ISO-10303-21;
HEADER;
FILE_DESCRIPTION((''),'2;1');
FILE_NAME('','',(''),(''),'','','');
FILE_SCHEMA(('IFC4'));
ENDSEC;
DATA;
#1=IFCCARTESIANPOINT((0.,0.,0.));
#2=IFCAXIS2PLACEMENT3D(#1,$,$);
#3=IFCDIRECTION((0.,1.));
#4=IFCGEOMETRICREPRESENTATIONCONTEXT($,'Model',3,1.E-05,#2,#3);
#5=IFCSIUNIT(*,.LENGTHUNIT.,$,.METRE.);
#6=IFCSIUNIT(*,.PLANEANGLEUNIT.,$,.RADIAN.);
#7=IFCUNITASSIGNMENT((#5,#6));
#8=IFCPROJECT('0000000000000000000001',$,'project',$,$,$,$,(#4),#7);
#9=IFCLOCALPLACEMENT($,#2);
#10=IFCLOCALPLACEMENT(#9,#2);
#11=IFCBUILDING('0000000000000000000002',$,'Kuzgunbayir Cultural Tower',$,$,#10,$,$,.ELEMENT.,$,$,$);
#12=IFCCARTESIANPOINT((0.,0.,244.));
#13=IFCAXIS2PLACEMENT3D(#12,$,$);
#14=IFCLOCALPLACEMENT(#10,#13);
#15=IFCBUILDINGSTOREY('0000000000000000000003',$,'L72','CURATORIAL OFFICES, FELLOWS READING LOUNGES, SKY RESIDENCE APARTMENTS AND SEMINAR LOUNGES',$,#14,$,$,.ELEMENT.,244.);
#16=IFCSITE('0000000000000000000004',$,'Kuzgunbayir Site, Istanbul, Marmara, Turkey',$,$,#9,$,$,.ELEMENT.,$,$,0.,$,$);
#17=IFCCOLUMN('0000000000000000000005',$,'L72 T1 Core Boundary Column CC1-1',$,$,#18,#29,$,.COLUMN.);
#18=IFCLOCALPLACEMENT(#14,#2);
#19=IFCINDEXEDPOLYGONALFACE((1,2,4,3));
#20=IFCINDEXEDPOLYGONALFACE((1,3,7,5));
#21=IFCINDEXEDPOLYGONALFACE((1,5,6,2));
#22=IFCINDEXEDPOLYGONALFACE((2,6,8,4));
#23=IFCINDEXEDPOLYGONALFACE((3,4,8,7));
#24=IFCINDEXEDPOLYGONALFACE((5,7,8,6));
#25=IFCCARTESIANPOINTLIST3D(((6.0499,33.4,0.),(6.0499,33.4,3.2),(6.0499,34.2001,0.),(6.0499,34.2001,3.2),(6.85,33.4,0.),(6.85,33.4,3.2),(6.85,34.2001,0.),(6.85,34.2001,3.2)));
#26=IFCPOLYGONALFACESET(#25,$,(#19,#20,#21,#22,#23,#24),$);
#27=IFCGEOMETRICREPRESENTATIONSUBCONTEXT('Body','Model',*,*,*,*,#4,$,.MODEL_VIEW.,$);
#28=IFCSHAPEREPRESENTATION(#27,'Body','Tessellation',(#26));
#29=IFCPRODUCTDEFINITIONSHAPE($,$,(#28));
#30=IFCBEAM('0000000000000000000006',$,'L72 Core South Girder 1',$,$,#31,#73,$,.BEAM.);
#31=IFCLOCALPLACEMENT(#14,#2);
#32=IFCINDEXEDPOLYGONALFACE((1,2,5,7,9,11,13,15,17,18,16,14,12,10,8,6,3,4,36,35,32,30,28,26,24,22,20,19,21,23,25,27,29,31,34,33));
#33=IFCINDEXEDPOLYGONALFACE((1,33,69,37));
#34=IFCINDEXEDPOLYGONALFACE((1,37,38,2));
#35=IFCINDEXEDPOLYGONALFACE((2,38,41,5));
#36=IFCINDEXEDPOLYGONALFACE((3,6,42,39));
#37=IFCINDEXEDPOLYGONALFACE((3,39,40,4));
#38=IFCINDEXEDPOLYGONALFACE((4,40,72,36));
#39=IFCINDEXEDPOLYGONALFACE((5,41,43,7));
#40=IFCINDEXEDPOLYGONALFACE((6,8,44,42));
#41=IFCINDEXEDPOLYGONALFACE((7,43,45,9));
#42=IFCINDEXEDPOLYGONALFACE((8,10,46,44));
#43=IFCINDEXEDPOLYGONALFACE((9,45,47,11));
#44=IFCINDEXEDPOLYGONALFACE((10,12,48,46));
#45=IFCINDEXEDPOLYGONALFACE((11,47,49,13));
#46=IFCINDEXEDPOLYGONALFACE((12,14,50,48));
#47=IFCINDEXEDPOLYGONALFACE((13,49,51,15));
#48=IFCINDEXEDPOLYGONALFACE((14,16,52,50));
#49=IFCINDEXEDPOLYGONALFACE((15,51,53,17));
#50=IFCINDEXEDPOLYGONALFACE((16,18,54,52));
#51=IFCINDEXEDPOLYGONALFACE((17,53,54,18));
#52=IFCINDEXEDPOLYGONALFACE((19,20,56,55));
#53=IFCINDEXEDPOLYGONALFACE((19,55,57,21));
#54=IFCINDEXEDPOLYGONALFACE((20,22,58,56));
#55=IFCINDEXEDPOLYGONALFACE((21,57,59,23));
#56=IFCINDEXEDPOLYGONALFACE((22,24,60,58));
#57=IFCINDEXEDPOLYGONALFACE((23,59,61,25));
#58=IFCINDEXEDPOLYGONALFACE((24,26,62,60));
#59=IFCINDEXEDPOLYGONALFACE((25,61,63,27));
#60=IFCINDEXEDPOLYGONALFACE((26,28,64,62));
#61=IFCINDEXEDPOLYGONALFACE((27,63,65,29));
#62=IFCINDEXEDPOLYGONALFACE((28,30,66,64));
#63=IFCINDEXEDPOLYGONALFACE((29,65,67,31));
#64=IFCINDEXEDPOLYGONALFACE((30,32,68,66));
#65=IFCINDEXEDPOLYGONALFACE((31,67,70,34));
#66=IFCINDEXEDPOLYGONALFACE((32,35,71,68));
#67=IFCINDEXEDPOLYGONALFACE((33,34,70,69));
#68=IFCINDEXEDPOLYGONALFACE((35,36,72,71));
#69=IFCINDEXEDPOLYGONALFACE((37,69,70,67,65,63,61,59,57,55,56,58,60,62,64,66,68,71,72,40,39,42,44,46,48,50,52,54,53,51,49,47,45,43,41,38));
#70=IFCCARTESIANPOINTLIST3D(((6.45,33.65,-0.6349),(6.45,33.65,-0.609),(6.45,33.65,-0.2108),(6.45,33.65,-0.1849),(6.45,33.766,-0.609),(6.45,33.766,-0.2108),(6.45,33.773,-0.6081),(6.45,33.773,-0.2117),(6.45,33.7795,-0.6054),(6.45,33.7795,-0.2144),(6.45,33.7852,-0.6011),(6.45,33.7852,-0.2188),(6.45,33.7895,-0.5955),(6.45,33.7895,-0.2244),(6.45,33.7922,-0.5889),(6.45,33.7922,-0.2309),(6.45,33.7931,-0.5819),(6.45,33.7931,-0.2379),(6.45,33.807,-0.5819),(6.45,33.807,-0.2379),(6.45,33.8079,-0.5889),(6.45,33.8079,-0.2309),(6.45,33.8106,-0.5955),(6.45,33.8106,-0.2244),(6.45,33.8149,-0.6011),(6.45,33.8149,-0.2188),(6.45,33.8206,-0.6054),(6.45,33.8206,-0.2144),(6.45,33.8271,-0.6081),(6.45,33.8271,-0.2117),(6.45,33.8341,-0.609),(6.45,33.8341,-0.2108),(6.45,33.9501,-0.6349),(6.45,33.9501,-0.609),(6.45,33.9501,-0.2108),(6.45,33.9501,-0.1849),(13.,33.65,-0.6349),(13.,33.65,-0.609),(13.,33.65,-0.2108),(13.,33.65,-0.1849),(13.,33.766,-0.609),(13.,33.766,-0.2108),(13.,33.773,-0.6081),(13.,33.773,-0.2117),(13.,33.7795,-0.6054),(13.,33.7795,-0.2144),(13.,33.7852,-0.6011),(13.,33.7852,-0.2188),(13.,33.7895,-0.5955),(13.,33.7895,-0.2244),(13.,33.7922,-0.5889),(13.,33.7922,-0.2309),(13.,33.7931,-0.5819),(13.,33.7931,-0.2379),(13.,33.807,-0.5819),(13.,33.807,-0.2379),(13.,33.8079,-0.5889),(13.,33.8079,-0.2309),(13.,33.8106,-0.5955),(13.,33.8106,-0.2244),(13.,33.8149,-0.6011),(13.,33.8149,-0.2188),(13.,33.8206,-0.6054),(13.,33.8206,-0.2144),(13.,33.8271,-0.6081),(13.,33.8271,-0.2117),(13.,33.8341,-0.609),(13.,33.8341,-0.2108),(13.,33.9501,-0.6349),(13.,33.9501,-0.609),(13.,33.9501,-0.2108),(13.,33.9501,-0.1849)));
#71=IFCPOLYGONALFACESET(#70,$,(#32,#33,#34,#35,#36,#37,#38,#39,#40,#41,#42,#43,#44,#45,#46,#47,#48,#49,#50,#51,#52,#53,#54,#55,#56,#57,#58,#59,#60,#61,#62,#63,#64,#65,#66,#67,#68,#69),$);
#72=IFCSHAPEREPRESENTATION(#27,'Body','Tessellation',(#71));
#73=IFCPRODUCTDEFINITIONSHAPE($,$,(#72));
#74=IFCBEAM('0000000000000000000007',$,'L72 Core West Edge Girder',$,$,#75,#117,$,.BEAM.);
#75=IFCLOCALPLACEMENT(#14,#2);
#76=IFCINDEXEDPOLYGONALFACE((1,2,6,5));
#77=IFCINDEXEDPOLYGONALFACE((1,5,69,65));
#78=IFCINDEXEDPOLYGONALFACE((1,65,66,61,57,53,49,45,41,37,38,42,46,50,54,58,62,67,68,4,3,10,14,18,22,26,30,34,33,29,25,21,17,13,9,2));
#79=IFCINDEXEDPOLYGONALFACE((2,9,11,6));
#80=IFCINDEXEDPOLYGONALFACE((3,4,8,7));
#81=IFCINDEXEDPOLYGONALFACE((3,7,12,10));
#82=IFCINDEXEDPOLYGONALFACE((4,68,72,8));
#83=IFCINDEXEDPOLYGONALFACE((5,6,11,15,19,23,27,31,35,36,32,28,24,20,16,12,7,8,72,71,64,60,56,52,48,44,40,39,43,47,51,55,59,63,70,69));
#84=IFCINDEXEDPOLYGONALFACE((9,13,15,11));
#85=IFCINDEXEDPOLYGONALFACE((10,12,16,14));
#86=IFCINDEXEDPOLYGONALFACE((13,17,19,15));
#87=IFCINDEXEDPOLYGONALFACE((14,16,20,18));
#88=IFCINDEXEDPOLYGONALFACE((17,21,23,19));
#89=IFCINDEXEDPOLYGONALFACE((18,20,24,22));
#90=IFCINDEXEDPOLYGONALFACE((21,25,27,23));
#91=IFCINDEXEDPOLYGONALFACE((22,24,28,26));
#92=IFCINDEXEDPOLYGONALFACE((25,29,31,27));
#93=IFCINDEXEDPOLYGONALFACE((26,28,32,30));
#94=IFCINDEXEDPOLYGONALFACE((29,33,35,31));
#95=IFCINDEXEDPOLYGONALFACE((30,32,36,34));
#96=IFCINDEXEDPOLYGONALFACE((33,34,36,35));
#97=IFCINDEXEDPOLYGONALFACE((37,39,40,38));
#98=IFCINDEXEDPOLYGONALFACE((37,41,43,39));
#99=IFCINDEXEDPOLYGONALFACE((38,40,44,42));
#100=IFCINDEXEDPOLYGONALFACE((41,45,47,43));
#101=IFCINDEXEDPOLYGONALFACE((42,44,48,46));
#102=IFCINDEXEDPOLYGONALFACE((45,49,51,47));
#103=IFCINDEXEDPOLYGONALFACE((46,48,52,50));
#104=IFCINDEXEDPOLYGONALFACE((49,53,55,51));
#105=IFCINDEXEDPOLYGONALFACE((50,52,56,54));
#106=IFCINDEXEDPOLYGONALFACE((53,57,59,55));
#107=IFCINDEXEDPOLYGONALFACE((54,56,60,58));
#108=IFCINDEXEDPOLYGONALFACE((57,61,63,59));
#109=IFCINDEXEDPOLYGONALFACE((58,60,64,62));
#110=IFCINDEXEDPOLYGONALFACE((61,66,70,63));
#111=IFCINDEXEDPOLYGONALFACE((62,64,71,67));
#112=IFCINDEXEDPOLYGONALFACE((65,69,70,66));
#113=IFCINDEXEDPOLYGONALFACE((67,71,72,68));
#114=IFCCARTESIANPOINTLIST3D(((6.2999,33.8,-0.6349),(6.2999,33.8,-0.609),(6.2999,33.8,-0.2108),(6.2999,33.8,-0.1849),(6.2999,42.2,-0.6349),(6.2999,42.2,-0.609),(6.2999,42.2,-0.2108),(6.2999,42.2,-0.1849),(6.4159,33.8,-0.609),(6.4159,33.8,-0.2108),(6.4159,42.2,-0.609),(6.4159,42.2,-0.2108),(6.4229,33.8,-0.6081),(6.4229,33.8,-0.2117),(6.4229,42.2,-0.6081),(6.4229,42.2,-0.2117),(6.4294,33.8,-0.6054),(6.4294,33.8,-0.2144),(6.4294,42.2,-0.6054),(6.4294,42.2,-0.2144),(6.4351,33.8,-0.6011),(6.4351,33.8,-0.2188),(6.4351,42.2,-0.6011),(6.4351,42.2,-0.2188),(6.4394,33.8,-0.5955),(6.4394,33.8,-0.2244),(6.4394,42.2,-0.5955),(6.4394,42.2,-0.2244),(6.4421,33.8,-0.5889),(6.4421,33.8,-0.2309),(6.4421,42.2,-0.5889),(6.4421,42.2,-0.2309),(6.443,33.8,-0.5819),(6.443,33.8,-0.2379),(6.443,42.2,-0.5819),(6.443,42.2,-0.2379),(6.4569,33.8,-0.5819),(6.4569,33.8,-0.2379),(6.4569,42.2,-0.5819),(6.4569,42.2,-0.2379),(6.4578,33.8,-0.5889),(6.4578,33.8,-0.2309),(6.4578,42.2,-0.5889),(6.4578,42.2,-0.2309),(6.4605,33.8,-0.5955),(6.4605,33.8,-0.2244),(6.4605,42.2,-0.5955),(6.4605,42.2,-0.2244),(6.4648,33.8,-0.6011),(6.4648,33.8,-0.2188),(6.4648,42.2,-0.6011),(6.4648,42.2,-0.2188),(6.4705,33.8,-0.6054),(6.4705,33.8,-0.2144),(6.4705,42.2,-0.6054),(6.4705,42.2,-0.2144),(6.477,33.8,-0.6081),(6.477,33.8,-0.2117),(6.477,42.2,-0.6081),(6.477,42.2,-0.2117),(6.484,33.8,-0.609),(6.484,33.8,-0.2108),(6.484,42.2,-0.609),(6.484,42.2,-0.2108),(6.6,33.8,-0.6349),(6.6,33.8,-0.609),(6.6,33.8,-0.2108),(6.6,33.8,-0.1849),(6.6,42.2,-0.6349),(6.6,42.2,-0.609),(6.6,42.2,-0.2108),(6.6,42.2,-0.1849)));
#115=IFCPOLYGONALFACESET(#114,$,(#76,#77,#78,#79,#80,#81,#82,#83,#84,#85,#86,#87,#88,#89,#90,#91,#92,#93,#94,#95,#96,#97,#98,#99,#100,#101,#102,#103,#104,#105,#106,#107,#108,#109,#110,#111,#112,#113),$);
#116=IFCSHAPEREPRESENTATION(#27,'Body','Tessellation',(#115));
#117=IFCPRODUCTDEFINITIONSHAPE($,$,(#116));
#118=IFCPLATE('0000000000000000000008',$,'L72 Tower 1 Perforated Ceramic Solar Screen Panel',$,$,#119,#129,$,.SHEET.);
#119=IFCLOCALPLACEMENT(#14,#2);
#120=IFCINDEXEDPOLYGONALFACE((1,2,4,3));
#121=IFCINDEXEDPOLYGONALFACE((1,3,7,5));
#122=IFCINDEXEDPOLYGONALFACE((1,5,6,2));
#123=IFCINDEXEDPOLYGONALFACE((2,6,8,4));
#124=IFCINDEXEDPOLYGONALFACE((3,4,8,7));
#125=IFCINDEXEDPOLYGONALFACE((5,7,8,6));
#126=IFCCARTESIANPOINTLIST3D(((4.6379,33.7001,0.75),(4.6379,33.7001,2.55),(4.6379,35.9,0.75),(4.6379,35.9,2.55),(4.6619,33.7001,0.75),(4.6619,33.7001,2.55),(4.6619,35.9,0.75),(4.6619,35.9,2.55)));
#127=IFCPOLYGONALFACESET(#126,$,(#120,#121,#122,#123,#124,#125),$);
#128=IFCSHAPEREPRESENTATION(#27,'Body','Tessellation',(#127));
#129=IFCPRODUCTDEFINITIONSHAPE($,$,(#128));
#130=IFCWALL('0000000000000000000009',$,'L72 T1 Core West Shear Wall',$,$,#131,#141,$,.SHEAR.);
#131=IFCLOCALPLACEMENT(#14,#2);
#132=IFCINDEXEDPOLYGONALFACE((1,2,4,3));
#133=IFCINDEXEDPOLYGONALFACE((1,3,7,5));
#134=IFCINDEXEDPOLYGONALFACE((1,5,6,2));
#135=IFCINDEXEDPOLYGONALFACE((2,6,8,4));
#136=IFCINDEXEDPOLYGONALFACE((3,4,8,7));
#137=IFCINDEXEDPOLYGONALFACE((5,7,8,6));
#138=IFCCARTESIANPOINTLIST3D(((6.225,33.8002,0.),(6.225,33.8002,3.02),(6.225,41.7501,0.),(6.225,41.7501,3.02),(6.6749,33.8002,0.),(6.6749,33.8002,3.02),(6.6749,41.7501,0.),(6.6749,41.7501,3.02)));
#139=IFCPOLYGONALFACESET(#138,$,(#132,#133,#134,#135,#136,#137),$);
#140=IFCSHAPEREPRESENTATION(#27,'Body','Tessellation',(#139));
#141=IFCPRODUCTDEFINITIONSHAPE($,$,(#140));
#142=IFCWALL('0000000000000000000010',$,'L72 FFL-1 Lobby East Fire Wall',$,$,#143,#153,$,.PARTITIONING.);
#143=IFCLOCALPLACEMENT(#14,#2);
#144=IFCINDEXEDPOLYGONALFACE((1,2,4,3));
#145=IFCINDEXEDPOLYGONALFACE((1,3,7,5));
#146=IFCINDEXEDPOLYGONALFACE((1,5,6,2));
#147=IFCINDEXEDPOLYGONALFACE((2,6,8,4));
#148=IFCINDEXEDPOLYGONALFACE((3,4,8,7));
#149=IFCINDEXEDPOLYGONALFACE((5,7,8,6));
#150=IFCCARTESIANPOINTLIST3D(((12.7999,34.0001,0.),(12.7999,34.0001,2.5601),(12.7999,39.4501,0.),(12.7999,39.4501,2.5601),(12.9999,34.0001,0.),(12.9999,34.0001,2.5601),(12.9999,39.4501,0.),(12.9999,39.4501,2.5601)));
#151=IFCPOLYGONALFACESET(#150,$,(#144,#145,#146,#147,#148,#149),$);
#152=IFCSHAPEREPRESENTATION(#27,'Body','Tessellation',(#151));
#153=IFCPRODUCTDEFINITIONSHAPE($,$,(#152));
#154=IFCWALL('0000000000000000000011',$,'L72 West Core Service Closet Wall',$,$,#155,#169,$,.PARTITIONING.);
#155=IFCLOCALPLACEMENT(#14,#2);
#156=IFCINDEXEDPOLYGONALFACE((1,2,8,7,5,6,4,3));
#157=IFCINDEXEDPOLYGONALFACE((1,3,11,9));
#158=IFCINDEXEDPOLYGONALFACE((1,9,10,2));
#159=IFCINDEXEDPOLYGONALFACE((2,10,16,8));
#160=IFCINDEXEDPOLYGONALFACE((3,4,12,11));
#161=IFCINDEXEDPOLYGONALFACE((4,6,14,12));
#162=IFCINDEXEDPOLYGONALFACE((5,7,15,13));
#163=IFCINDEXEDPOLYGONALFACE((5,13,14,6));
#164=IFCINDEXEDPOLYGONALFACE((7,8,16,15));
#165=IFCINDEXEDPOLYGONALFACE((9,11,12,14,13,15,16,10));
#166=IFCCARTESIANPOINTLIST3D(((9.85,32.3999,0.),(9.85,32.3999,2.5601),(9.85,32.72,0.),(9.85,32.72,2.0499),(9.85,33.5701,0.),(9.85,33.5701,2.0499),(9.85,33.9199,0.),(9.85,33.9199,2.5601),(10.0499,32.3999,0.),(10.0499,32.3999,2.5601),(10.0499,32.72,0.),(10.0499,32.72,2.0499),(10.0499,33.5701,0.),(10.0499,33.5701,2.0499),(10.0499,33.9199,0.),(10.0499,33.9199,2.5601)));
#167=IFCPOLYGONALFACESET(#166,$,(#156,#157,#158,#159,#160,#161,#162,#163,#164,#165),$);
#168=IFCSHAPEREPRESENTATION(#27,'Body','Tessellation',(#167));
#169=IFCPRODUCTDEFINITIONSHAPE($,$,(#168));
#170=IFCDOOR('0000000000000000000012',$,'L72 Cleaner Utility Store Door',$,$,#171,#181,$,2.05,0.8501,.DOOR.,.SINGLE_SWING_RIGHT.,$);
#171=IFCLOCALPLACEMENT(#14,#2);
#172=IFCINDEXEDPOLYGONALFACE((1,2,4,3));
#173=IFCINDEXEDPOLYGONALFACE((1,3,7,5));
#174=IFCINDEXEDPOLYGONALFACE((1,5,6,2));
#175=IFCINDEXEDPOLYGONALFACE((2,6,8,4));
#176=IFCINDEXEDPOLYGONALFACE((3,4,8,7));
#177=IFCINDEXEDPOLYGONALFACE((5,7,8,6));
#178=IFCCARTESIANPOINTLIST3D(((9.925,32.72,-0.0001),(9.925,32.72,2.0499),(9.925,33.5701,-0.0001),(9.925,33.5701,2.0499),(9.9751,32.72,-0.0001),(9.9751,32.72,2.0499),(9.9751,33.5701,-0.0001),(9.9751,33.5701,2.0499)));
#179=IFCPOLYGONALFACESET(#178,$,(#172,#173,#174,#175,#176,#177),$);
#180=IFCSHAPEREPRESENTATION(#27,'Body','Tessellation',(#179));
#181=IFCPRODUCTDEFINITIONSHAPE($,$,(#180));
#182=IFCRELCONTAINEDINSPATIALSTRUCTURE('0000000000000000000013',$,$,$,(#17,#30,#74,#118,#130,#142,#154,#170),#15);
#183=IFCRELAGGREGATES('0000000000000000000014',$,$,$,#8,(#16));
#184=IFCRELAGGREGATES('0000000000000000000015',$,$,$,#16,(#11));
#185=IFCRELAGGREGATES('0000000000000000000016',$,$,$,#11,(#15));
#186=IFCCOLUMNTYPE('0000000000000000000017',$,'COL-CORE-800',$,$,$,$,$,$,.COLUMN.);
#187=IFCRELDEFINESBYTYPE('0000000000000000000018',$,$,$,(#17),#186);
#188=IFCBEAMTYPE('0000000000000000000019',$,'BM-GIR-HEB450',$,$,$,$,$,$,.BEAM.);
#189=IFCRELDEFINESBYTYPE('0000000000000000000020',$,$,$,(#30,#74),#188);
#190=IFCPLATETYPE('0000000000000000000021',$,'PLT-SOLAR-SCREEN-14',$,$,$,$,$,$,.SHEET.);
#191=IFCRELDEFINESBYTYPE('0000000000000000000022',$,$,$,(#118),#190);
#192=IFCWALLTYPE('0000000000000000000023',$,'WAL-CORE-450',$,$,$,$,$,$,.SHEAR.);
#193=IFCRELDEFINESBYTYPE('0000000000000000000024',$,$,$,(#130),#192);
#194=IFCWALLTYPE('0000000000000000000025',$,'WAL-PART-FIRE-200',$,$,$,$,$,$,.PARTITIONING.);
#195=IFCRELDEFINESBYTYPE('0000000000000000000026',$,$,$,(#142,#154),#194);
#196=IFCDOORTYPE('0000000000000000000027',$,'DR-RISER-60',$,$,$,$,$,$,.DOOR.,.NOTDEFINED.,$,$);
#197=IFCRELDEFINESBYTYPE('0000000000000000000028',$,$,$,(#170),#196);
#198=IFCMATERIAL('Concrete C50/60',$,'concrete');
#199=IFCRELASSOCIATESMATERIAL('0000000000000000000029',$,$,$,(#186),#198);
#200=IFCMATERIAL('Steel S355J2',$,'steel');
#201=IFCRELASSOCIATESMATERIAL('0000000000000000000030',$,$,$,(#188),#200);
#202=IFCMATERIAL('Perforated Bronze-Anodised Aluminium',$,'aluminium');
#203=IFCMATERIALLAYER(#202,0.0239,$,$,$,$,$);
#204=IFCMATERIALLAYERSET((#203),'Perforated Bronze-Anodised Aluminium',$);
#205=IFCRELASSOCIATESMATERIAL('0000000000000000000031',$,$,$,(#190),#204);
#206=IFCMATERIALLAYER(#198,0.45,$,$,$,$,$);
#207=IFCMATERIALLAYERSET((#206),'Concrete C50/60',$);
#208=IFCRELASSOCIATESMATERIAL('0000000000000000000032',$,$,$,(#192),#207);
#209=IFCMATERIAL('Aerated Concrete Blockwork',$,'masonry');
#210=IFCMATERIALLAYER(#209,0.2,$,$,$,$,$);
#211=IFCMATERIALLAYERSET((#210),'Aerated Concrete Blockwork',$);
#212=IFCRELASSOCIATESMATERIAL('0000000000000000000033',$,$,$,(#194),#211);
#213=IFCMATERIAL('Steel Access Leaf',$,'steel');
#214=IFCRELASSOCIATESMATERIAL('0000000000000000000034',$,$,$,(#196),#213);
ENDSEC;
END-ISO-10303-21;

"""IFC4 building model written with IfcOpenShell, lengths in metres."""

from ifc_helpers import new_model, si_unit, direction, frame, frame_2d, origin, origin_2d, place, context, subcontext, project, spatial, rectangle, i_section, extrude, material, layer, layer_set, material_profile, profile_set, type_object, element, fill, save


model = new_model("IFC4")

# Units and contexts
model_context = context("Model", 3, precision=1e-05, world=origin(), true_north=direction((0.0, 1.0)))
body_context = subcontext(model_context, "Body", "Model", "MODEL_VIEW")
ifc_project = project(units=[si_unit("LENGTHUNIT", "METRE"), si_unit("PLANEANGLEUNIT", "RADIAN")], contexts=[model_context])

# Site, building, storey
site_placement = place(None, origin())
site = spatial("IfcSite", under=ifc_project, at=site_placement, Name="Kuzgunbayir Site, Istanbul, Marmara, Turkey", CompositionType="ELEMENT", RefElevation=0.0)
building_placement = place(site_placement, origin())
building = spatial("IfcBuilding", under=site, at=building_placement, Name="Kuzgunbayir Cultural Tower", CompositionType="ELEMENT")
storey_placement = place(building_placement, frame((0.0, 0.0, 244.0)))
storey = spatial("IfcBuildingStorey", under=building, at=storey_placement, Name="L72", Description="CURATORIAL OFFICES, FELLOWS READING LOUNGES, SKY RESIDENCE APARTMENTS AND SEMINAR LOUNGES", CompositionType="ELEMENT", Elevation=244.0)

# Column
ifc_material_1 = material(Name="Concrete C50/60", Category="concrete")
ifc_material_profile_1 = material_profile(ifc_material_1, rectangle(XDim=0.8, YDim=0.8, at=origin_2d()), Name="RC 800x800")
ifc_profile_set_1 = profile_set([ifc_material_profile_1], Name="Concrete C50/60")
column_type = type_object("IfcColumnType", Name="COL-CORE-800", PredefinedType="COLUMN", material=ifc_profile_set_1)
column_placement = place(storey_placement, frame((6.45, 33.8, 0.0), z_axis=(0.0, 0.0, 1.0), x_axis=(1.0, 0.0, 0.0)))
element("IfcColumn", 1, at=column_placement, inside=storey, type_object=column_type, Name="L72 T1 Core Boundary Column CC1-1", PredefinedType="COLUMN", context=body_context, shape_type="SweptSolid", body=[
    extrude(rectangle(XDim=0.8, YDim=0.8, at=origin_2d()), origin(), (0.0, 0.0, 1.0), 3.2),
])

# Beams
ifc_material_2 = material(Name="Steel S355J2", Category="steel")
ifc_material_profile_2 = material_profile(ifc_material_2, i_section(OverallWidth=0.3, OverallDepth=0.45, WebThickness=0.0139, FlangeThickness=0.0259, FilletRadius=0.0271, at=origin_2d()), Name="HEB 450")
ifc_profile_set_2 = profile_set([ifc_material_profile_2], Name="Steel S355J2")
beam_type = type_object("IfcBeamType", Name="BM-GIR-HEB450", PredefinedType="BEAM", material=ifc_profile_set_2)
beam_1_placement = place(storey_placement, frame((6.45, 33.8, -0.4099), z_axis=(1.0, 0.0, 0.0), x_axis=(0.0, 1.0, 0.0)))
element("IfcBeam", 2, at=beam_1_placement, inside=storey, type_object=beam_type, Name="L72 Core South Girder 1", PredefinedType="BEAM", context=body_context, shape_type="SweptSolid", body=[
    extrude(i_section(OverallWidth=0.3, OverallDepth=0.45, WebThickness=0.0139, FlangeThickness=0.0259, FilletRadius=0.0271, at=origin_2d()), origin(), (0.0, 0.0, 1.0), 6.55),
])
beam_2_placement = place(storey_placement, frame((6.45, 33.8, -0.4099), z_axis=(0.0, 1.0, 0.0), x_axis=(-1.0, 0.0, 0.0)))
element("IfcBeam", 3, at=beam_2_placement, inside=storey, type_object=beam_type, Name="L72 Core West Edge Girder", PredefinedType="BEAM", context=body_context, shape_type="SweptSolid", body=[
    extrude(i_section(OverallWidth=0.3, OverallDepth=0.45, WebThickness=0.0139, FlangeThickness=0.0259, FilletRadius=0.0271, at=origin_2d()), origin(), (0.0, 0.0, 1.0), 8.3999),
])

# Plate
ifc_material_3 = material(Name="Perforated Bronze-Anodised Aluminium", Category="aluminium")
ifc_layer_1 = layer(ifc_material_3, 0.0239)
ifc_layer_set_1 = layer_set([ifc_layer_1], Name="Perforated Bronze-Anodised Aluminium")
plate_type = type_object("IfcPlateType", Name="PLT-SOLAR-SCREEN-14", PredefinedType="SHEET", material=ifc_layer_set_1)
plate_placement = place(storey_placement, frame((4.6499, 34.8, 0.75), z_axis=(0.0, 0.0, 1.0), x_axis=(1.0, 0.0, 0.0)))
element("IfcPlate", 4, at=plate_placement, inside=storey, type_object=plate_type, Name="L72 Tower 1 Perforated Ceramic Solar Screen Panel", PredefinedType="SHEET", context=body_context, shape_type="SweptSolid", body=[
    extrude(rectangle(XDim=0.0239, YDim=2.2, at=origin_2d()), origin(), (0.0, 0.0, 1.0), 1.8),
])

# Wall
ifc_layer_2 = layer(ifc_material_1, 0.45)
ifc_layer_set_2 = layer_set([ifc_layer_2], Name="Concrete C50/60")
wall_type_1 = type_object("IfcWallType", Name="WAL-CORE-450", PredefinedType="SHEAR", material=ifc_layer_set_2)
wall_1_placement = place(storey_placement, frame((6.45, 33.8, 0.0), z_axis=(0.0, 0.0, 1.0), x_axis=(0.0, 1.0, 0.0)))
element("IfcWall", 5, at=wall_1_placement, inside=storey, type_object=wall_type_1, Name="L72 T1 Core West Shear Wall", PredefinedType="SHEAR", context=body_context, shape_type="SweptSolid", body=[
    extrude(rectangle(XDim=7.95, YDim=0.45, at=frame_2d((3.9751, 0.0))), origin(), (0.0, 0.0, 1.0), 3.02),
])

# Wall
ifc_material_4 = material(Name="Aerated Concrete Blockwork", Category="masonry")
ifc_layer_3 = layer(ifc_material_4, 0.2)
ifc_layer_set_3 = layer_set([ifc_layer_3], Name="Aerated Concrete Blockwork")
wall_type_2 = type_object("IfcWallType", Name="WAL-PART-FIRE-200", PredefinedType="PARTITIONING", material=ifc_layer_set_3)
wall_2_placement = place(storey_placement, frame((12.8999, 34.0, 0.0), z_axis=(0.0, 0.0, 1.0), x_axis=(0.0, 1.0, 0.0)))
element("IfcWall", 6, at=wall_2_placement, inside=storey, type_object=wall_type_2, Name="L72 FFL-1 Lobby East Fire Wall", PredefinedType="PARTITIONING", context=body_context, shape_type="SweptSolid", body=[
    extrude(rectangle(XDim=5.45, YDim=0.2, at=frame_2d((2.7251, 0.0))), origin(), (0.0, 0.0, 1.0), 2.5601),
])

# Wall, opening, door
wall_3_placement = place(storey_placement, frame((9.95, 32.3999, 0.0), z_axis=(0.0, 0.0, 1.0), x_axis=(0.0, 1.0, 0.0)))
wall_3 = element("IfcWall", 7, at=wall_3_placement, inside=storey, type_object=wall_type_2, Name="L72 West Core Service Closet Wall", PredefinedType="PARTITIONING", context=body_context, shape_type="SweptSolid", body=[
    extrude(rectangle(XDim=1.52, YDim=0.2, at=frame_2d((0.76, 0.0))), origin(), (0.0, 0.0, 1.0), 2.5601),
])
opening_1_placement = place(wall_3_placement, frame((0.3201, 0.0, 0.0)))
opening_1 = element("IfcOpeningElement", 8, at=opening_1_placement, cuts=wall_3, PredefinedType="OPENING", context=body_context, shape_type="SweptSolid", body=[
    extrude(rectangle(XDim=0.8501, YDim=2.05, at=frame_2d((0.425, 1.0249))), frame((0.0, 0.1099, 0.0), z_axis=(0.0, -1.0, 0.0), x_axis=(1.0, 0.0, 0.0)), (0.0, 0.0, 1.0), 0.22),
])
ifc_material_5 = material(Name="Steel Access Leaf", Category="steel")
door_type_1 = type_object("IfcDoorType", Name="DR-RISER-60", OperationType="NOTDEFINED", PredefinedType="DOOR", material=ifc_material_5)
door_1_placement = place(opening_1_placement, origin())
door_1 = element("IfcDoor", 9, at=door_1_placement, inside=storey, type_object=door_type_1, Name="L72 Cleaner Utility Store Door", OperationType="SINGLE_SWING_RIGHT", OverallHeight=2.05, OverallWidth=0.8501, PredefinedType="DOOR", context=body_context, shape_type="SweptSolid", body=[
    extrude(rectangle(XDim=0.8501, YDim=2.05, at=frame_2d((0.425, 1.0249))), frame((0.0, 0.0249, 0.0), z_axis=(0.0, -1.0, 0.0), x_axis=(1.0, 0.0, 0.0)), (0.0, 0.0, 1.0), 0.05),
])
fill(opening_1, door_1)

save(model, "model.ifc")
